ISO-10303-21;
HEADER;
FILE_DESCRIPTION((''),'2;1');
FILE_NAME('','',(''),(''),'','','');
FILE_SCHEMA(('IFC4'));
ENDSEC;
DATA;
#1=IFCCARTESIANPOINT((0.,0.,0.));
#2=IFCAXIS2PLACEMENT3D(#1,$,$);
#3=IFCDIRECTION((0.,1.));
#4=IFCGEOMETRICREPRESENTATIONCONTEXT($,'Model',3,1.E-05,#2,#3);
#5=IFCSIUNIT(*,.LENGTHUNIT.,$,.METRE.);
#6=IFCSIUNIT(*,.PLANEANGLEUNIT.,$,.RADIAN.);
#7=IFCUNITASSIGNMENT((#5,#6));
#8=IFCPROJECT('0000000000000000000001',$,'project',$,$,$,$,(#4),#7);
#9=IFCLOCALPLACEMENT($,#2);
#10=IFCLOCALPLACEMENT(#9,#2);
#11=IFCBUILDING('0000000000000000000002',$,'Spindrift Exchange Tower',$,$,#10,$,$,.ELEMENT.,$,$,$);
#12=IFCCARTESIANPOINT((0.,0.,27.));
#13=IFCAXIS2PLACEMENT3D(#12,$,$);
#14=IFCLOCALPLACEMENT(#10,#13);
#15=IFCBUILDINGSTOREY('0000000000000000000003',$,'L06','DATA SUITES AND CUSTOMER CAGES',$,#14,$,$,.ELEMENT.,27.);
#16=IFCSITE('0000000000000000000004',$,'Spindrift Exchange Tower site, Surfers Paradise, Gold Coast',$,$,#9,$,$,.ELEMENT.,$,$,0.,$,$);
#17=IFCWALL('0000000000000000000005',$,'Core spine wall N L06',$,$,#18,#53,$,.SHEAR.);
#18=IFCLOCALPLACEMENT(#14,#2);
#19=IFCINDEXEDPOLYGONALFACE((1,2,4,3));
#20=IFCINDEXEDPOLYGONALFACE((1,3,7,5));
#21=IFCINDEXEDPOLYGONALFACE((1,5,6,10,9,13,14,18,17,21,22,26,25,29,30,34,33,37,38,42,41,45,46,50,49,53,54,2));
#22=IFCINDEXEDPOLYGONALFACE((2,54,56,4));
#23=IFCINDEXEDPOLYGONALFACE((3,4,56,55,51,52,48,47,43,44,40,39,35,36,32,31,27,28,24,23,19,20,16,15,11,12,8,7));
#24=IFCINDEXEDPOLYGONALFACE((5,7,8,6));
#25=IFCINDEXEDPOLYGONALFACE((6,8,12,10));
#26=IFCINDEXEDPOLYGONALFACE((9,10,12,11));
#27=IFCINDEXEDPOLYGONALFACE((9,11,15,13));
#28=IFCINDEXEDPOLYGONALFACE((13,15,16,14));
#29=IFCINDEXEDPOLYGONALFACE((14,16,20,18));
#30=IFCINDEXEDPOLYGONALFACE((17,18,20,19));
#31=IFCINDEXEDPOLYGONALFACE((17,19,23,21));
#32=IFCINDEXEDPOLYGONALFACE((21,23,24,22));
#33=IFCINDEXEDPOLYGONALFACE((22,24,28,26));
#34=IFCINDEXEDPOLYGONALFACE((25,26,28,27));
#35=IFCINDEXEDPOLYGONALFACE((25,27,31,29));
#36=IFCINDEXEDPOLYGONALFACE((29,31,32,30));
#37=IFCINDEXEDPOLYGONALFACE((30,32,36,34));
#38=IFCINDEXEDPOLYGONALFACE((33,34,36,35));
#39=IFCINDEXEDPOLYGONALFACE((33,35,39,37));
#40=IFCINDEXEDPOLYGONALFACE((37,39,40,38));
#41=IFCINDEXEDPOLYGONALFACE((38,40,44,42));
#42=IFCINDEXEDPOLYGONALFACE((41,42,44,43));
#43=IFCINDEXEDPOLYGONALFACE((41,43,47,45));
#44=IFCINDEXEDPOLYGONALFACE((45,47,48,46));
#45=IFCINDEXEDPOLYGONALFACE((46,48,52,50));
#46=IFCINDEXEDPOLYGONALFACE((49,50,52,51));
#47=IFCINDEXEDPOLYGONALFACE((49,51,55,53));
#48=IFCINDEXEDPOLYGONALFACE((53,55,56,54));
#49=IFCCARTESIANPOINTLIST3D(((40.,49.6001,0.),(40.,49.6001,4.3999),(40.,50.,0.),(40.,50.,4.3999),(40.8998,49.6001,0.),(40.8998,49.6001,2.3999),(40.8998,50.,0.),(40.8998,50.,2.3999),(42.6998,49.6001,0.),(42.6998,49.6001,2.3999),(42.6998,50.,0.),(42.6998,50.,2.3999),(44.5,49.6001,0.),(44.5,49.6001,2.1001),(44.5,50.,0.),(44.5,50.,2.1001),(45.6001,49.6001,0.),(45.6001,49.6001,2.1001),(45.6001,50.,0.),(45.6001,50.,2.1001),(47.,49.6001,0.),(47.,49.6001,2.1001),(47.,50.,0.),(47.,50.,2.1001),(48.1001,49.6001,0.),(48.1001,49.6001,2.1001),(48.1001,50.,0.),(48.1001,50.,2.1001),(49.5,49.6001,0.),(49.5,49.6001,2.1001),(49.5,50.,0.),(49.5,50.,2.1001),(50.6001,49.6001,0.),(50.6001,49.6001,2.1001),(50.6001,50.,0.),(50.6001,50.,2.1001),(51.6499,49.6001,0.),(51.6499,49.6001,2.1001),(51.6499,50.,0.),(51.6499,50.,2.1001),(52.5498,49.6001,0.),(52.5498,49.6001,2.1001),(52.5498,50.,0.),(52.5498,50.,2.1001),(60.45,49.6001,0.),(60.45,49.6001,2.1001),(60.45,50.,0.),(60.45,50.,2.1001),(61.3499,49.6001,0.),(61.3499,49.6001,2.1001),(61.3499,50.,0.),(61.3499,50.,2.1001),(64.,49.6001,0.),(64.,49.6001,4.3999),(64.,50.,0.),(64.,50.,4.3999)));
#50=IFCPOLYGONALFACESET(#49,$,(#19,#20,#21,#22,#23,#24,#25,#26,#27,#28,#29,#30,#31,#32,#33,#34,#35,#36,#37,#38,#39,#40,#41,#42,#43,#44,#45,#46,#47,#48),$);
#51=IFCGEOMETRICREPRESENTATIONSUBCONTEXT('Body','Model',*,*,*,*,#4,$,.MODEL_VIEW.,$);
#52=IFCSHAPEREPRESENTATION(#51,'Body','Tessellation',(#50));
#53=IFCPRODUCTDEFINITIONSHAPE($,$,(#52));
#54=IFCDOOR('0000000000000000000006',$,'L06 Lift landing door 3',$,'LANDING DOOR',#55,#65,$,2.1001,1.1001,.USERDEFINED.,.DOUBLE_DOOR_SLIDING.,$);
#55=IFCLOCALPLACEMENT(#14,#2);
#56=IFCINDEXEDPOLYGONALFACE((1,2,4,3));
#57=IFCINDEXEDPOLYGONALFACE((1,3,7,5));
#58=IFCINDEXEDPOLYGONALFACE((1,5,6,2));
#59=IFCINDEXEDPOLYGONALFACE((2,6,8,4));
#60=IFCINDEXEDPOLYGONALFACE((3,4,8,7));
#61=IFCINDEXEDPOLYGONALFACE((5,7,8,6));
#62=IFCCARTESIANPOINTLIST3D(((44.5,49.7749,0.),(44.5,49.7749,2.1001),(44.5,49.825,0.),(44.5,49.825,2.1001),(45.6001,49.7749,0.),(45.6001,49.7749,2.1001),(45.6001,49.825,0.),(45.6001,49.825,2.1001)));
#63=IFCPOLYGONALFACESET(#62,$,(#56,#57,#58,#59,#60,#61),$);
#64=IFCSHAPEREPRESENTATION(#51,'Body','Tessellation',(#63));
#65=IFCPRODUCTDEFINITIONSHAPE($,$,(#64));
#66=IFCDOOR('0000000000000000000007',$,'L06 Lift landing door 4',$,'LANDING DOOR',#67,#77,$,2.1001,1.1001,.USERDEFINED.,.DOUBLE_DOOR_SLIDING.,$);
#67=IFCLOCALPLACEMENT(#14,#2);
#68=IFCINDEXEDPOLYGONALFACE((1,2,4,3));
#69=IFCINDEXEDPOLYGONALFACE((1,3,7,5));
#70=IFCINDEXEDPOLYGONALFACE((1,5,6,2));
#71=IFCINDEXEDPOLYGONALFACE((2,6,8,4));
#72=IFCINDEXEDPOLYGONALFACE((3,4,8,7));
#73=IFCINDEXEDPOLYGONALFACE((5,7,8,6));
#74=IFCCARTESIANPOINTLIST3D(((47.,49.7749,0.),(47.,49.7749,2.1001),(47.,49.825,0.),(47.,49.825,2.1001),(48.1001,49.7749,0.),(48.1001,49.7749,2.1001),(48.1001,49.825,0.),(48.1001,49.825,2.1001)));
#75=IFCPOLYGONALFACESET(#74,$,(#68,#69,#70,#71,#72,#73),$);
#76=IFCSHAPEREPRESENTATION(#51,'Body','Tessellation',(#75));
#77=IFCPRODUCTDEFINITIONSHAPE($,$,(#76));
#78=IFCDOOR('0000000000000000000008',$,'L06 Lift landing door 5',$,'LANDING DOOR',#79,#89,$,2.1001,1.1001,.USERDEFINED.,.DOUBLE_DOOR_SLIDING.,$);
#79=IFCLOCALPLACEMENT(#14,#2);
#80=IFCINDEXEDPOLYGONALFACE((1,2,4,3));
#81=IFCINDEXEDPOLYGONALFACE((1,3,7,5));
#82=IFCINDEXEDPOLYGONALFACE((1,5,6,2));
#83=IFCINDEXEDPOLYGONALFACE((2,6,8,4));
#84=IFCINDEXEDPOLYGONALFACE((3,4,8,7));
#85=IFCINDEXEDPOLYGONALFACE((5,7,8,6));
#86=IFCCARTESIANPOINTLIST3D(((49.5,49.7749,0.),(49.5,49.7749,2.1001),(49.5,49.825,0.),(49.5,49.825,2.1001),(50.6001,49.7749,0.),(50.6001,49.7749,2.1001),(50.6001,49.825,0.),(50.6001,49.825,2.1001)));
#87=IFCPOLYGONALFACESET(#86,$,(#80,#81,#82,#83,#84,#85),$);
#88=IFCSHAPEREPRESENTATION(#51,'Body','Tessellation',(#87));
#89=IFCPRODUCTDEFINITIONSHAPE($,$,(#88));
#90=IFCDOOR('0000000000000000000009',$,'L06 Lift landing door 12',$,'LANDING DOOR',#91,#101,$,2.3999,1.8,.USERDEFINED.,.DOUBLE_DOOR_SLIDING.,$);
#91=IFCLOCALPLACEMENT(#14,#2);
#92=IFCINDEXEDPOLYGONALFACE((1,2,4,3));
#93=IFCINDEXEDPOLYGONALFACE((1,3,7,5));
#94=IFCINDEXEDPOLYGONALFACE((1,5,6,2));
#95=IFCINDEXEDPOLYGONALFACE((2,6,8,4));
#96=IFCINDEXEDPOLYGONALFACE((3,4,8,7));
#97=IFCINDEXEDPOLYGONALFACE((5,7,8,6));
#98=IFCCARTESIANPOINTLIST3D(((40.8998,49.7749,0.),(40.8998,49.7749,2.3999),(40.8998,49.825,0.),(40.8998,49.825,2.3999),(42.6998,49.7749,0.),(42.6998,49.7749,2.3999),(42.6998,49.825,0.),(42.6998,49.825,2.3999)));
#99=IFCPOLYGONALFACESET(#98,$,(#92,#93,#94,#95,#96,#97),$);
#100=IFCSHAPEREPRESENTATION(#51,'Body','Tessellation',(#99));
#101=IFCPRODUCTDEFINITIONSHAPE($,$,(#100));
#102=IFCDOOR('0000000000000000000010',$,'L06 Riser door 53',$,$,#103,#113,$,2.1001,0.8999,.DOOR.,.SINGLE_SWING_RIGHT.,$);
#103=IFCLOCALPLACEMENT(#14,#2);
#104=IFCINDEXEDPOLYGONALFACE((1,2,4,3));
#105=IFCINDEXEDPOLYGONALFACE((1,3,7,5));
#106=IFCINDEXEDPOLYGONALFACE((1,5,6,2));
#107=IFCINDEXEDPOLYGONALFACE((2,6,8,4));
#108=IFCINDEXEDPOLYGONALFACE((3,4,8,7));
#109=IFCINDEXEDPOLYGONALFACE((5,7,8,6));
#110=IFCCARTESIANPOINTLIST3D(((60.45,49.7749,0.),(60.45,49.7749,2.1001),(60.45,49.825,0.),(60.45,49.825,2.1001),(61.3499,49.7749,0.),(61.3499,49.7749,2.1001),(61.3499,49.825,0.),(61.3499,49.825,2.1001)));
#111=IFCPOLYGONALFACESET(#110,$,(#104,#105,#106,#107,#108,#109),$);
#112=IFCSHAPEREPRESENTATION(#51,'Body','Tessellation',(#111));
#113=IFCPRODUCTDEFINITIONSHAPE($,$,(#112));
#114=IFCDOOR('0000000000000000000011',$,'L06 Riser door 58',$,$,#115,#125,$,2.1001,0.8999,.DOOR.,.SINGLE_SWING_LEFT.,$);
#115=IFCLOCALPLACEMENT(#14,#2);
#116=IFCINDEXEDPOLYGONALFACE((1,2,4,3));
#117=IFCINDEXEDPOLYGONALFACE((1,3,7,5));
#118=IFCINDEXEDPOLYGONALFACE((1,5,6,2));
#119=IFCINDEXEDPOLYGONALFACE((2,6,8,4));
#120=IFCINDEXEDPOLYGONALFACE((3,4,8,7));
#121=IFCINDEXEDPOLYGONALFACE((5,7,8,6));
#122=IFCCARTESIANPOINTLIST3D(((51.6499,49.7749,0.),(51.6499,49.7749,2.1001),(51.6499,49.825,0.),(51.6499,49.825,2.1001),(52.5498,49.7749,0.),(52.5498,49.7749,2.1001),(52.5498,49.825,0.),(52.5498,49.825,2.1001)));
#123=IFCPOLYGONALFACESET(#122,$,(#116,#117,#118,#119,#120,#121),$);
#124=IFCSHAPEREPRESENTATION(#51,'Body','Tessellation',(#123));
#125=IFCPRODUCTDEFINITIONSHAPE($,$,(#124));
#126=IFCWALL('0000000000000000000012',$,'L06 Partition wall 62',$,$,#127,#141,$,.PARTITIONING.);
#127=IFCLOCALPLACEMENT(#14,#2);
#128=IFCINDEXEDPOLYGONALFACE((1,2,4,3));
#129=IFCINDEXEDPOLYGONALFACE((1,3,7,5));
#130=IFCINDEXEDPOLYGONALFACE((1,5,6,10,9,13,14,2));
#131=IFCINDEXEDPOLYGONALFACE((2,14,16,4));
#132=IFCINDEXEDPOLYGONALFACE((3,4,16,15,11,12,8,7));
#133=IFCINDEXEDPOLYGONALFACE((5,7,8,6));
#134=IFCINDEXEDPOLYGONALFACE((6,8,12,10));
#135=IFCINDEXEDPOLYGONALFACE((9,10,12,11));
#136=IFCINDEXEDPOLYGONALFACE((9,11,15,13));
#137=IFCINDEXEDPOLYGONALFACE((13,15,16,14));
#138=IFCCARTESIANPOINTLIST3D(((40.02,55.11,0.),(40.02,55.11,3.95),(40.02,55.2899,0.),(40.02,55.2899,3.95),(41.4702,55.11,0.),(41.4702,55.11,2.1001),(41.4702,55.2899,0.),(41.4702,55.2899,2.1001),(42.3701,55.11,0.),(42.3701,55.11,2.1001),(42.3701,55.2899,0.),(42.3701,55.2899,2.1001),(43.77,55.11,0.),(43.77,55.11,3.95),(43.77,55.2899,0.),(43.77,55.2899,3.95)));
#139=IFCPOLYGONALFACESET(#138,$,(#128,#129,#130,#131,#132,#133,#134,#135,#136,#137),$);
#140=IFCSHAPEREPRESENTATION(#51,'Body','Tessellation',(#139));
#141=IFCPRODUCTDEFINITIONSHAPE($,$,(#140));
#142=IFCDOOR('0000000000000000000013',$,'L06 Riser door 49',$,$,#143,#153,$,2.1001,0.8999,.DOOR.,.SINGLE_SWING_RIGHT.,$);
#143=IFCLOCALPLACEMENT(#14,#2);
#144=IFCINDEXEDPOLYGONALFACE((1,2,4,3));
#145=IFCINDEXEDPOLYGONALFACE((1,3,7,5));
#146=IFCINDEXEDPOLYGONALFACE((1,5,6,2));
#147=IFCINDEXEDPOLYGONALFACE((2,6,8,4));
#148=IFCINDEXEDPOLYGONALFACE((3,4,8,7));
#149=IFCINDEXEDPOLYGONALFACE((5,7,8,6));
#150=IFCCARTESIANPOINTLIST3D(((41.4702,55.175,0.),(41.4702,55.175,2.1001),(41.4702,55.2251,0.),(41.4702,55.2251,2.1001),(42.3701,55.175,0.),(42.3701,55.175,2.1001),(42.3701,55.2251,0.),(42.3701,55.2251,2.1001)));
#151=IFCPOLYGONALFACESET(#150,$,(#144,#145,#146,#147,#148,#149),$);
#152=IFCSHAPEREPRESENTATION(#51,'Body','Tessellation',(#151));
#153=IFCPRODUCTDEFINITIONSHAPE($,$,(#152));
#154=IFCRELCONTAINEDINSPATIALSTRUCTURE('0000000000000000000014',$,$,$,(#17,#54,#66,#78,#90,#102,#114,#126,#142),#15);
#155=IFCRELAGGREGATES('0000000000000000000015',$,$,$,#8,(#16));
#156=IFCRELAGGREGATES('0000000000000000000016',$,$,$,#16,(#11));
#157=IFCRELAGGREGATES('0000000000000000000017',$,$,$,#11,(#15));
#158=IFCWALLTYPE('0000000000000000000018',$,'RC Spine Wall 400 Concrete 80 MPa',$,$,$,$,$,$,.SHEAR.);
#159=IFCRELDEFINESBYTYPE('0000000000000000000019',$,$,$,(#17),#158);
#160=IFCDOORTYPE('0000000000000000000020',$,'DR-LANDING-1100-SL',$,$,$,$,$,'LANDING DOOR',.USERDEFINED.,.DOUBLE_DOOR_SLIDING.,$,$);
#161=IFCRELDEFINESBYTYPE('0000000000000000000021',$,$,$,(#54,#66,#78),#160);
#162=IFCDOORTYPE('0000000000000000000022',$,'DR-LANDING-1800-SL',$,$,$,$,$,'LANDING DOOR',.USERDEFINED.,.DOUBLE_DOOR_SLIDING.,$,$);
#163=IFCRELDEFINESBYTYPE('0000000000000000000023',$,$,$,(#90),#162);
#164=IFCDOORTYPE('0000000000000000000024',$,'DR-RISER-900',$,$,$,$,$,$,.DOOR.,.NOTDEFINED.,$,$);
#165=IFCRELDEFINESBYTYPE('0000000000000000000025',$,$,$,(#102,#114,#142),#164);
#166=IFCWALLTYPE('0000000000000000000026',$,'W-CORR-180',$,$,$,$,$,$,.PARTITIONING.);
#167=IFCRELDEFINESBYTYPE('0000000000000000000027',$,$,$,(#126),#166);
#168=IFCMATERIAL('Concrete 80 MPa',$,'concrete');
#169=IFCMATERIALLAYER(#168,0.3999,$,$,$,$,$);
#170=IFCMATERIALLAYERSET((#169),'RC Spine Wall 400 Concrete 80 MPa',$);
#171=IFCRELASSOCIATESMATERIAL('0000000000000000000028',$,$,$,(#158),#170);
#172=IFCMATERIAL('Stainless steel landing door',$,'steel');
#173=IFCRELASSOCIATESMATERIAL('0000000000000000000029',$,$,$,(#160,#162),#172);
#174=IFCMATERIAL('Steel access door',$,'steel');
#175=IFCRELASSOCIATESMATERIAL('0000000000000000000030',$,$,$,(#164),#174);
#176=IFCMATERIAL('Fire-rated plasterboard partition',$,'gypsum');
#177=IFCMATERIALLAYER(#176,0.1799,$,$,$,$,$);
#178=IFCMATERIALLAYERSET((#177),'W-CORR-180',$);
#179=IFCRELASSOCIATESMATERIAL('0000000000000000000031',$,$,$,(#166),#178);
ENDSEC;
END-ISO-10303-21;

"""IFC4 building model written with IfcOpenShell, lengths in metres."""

from ifc_helpers import new_model, si_unit, direction, frame, frame_2d, origin, place, context, subcontext, project, spatial, rectangle, extrude, source, transform, mapped, material, layer, layer_set, type_object, element, fill, save


model = new_model("IFC4")

# Units and contexts
model_context = context("Model", 3, precision=1e-05, world=origin(), true_north=direction((0.0, 1.0)))
body_context = subcontext(model_context, "Body", "Model", "MODEL_VIEW")
ifc_project = project(units=[si_unit("LENGTHUNIT", "METRE"), si_unit("PLANEANGLEUNIT", "RADIAN")], contexts=[model_context])

# Site, building, storey
site_placement = place(None, origin())
site = spatial("IfcSite", under=ifc_project, at=site_placement, Name="Spindrift Exchange Tower site, Surfers Paradise, Gold Coast", CompositionType="ELEMENT", RefElevation=0.0)
building_placement = place(site_placement, origin())
building = spatial("IfcBuilding", under=site, at=building_placement, Name="Spindrift Exchange Tower", CompositionType="ELEMENT")
storey_placement = place(building_placement, frame((0.0, 0.0, 27.0)))
storey = spatial("IfcBuildingStorey", under=building, at=storey_placement, Name="L06", Description="DATA SUITES AND CUSTOMER CAGES", CompositionType="ELEMENT", Elevation=27.0)

# Wall, openings, doors
ifc_material_1 = material(Name="Concrete 80 MPa", Category="concrete")
ifc_layer_1 = layer(ifc_material_1, 0.3999)
ifc_layer_set_1 = layer_set([ifc_layer_1], Name="RC Spine Wall 400 Concrete 80 MPa")
wall_type_1 = type_object("IfcWallType", Name="RC Spine Wall 400 Concrete 80 MPa", PredefinedType="SHEAR", material=ifc_layer_set_1)
wall_1_placement = place(storey_placement, frame((40.0, 49.8, 0.0), z_axis=(0.0, 0.0, 1.0), x_axis=(1.0, 0.0, 0.0)))
wall_1 = element("IfcWall", 1, at=wall_1_placement, inside=storey, type_object=wall_type_1, Name="Core spine wall N L06", PredefinedType="SHEAR", context=body_context, shape_type="SweptSolid", body=[
    extrude(rectangle(XDim=24.0, YDim=0.3999, at=frame_2d((12.0, 0.0))), origin(), (0.0, 0.0, 1.0), 4.3999),
])
opening_1_placement = place(wall_1_placement, frame((4.5, 0.0, 0.0)))
opening_1 = element("IfcOpeningElement", 2, at=opening_1_placement, cuts=wall_1, PredefinedType="OPENING", context=body_context, shape_type="SweptSolid", body=[
    extrude(rectangle(XDim=1.1001, YDim=2.1001, at=frame_2d((0.55, 1.05))), frame((0.0, 0.21, 0.0), z_axis=(0.0, -1.0, 0.0), x_axis=(1.0, 0.0, 0.0)), (0.0, 0.0, 1.0), 0.4199),
])
opening_2_placement = place(wall_1_placement, frame((7.0, 0.0, 0.0)))
opening_2 = element("IfcOpeningElement", 3, at=opening_2_placement, cuts=wall_1, PredefinedType="OPENING", context=body_context, shape_type="SweptSolid", body=[
    extrude(rectangle(XDim=1.1001, YDim=2.1001, at=frame_2d((0.55, 1.05))), frame((0.0, 0.21, 0.0), z_axis=(0.0, -1.0, 0.0), x_axis=(1.0, 0.0, 0.0)), (0.0, 0.0, 1.0), 0.4199),
])
opening_3_placement = place(wall_1_placement, frame((9.5, 0.0, 0.0)))
opening_3 = element("IfcOpeningElement", 4, at=opening_3_placement, cuts=wall_1, PredefinedType="OPENING", context=body_context, shape_type="SweptSolid", body=[
    extrude(rectangle(XDim=1.1001, YDim=2.1001, at=frame_2d((0.55, 1.05))), frame((0.0, 0.21, 0.0), z_axis=(0.0, -1.0, 0.0), x_axis=(1.0, 0.0, 0.0)), (0.0, 0.0, 1.0), 0.4199),
])
opening_4_placement = place(wall_1_placement, frame((0.8999, 0.0, 0.0)))
opening_4 = element("IfcOpeningElement", 5, at=opening_4_placement, cuts=wall_1, PredefinedType="OPENING", context=body_context, shape_type="SweptSolid", body=[
    extrude(rectangle(XDim=1.8, YDim=2.3999, at=frame_2d((0.8999, 1.2))), frame((0.0, 0.21, 0.0), z_axis=(0.0, -1.0, 0.0), x_axis=(1.0, 0.0, 0.0)), (0.0, 0.0, 1.0), 0.4199),
])
opening_5_placement = place(wall_1_placement, frame((20.45, 0.0, 0.0)))
opening_5 = element("IfcOpeningElement", 6, at=opening_5_placement, cuts=wall_1, PredefinedType="OPENING", context=body_context, shape_type="SweptSolid", body=[
    extrude(rectangle(XDim=0.8999, YDim=2.1001, at=frame_2d((0.45, 1.05))), frame((0.0, 0.21, 0.0), z_axis=(0.0, -1.0, 0.0), x_axis=(1.0, 0.0, 0.0)), (0.0, 0.0, 1.0), 0.4199),
])
opening_6_placement = place(wall_1_placement, frame((11.6499, 0.0, 0.0)))
opening_6 = element("IfcOpeningElement", 7, at=opening_6_placement, cuts=wall_1, PredefinedType="OPENING", context=body_context, shape_type="SweptSolid", body=[
    extrude(rectangle(XDim=0.8999, YDim=2.1001, at=frame_2d((0.45, 1.05))), frame((0.0, 0.21, 0.0), z_axis=(0.0, -1.0, 0.0), x_axis=(1.0, 0.0, 0.0)), (0.0, 0.0, 1.0), 0.4199),
])
ifc_material_2 = material(Name="Stainless steel landing door", Category="steel")
door_type_1 = type_object("IfcDoorType", Name="DR-LANDING-1100-SL", ElementType="LANDING DOOR", OperationType="DOUBLE_DOOR_SLIDING", PredefinedType="USERDEFINED", material=ifc_material_2)
shared_shape_1 = source(origin(), body_context, "Body", "SweptSolid", [
    extrude(rectangle(XDim=1.1001, YDim=2.1001, at=frame_2d((0.55, 1.05))), frame((0.0, 0.0249, 0.0), z_axis=(0.0, -1.0, 0.0), x_axis=(1.0, 0.0, 0.0)), (0.0, 0.0, 1.0), 0.05),
])
door_1_placement = place(opening_1_placement, origin())
door_1 = element("IfcDoor", 8, at=door_1_placement, inside=storey, type_object=door_type_1, Name="L06 Lift landing door 3", ObjectType="LANDING DOOR", OperationType="DOUBLE_DOOR_SLIDING", OverallHeight=2.1001, OverallWidth=1.1001, PredefinedType="USERDEFINED", context=body_context, shape_type="MappedRepresentation", body=[
    mapped(shared_shape_1, transform((0.0, 0.0, 0.0), scale=1.0)),
])
fill(opening_1, door_1)
door_2_placement = place(opening_2_placement, origin())
door_2 = element("IfcDoor", 9, at=door_2_placement, inside=storey, type_object=door_type_1, Name="L06 Lift landing door 4", ObjectType="LANDING DOOR", OperationType="DOUBLE_DOOR_SLIDING", OverallHeight=2.1001, OverallWidth=1.1001, PredefinedType="USERDEFINED", context=body_context, shape_type="MappedRepresentation", body=[
    mapped(shared_shape_1, transform((0.0, 0.0, 0.0), scale=1.0)),
])
fill(opening_2, door_2)
door_3_placement = place(opening_3_placement, origin())
door_3 = element("IfcDoor", 10, at=door_3_placement, inside=storey, type_object=door_type_1, Name="L06 Lift landing door 5", ObjectType="LANDING DOOR", OperationType="DOUBLE_DOOR_SLIDING", OverallHeight=2.1001, OverallWidth=1.1001, PredefinedType="USERDEFINED", context=body_context, shape_type="MappedRepresentation", body=[
    mapped(shared_shape_1, transform((0.0, 0.0, 0.0), scale=1.0)),
])
fill(opening_3, door_3)
door_type_2 = type_object("IfcDoorType", Name="DR-LANDING-1800-SL", ElementType="LANDING DOOR", OperationType="DOUBLE_DOOR_SLIDING", PredefinedType="USERDEFINED", material=ifc_material_2)
shared_shape_2 = source(origin(), body_context, "Body", "SweptSolid", [
    extrude(rectangle(XDim=1.8, YDim=2.3999, at=frame_2d((0.8999, 1.2))), frame((0.0, 0.0249, 0.0), z_axis=(0.0, -1.0, 0.0), x_axis=(1.0, 0.0, 0.0)), (0.0, 0.0, 1.0), 0.05),
])
door_4_placement = place(opening_4_placement, origin())
door_4 = element("IfcDoor", 11, at=door_4_placement, inside=storey, type_object=door_type_2, Name="L06 Lift landing door 12", ObjectType="LANDING DOOR", OperationType="DOUBLE_DOOR_SLIDING", OverallHeight=2.3999, OverallWidth=1.8, PredefinedType="USERDEFINED", context=body_context, shape_type="MappedRepresentation", body=[
    mapped(shared_shape_2, transform((0.0, 0.0, 0.0), scale=1.0)),
])
fill(opening_4, door_4)
ifc_material_3 = material(Name="Steel access door", Category="steel")
door_type_3 = type_object("IfcDoorType", Name="DR-RISER-900", OperationType="NOTDEFINED", PredefinedType="DOOR", material=ifc_material_3)
shared_shape_3 = source(origin(), body_context, "Body", "SweptSolid", [
    extrude(rectangle(XDim=0.8999, YDim=2.1001, at=frame_2d((0.45, 1.05))), frame((0.0, 0.0249, 0.0), z_axis=(0.0, -1.0, 0.0), x_axis=(1.0, 0.0, 0.0)), (0.0, 0.0, 1.0), 0.05),
])
door_5_placement = place(opening_5_placement, origin())
door_5 = element("IfcDoor", 12, at=door_5_placement, inside=storey, type_object=door_type_3, Name="L06 Riser door 53", OperationType="SINGLE_SWING_RIGHT", OverallHeight=2.1001, OverallWidth=0.8999, PredefinedType="DOOR", context=body_context, shape_type="MappedRepresentation", body=[
    mapped(shared_shape_3, transform((0.0, 0.0, 0.0), scale=1.0)),
])
fill(opening_5, door_5)
door_6_placement = place(opening_6_placement, origin())
door_6 = element("IfcDoor", 13, at=door_6_placement, inside=storey, type_object=door_type_3, Name="L06 Riser door 58", OperationType="SINGLE_SWING_LEFT", OverallHeight=2.1001, OverallWidth=0.8999, PredefinedType="DOOR", context=body_context, shape_type="MappedRepresentation", body=[
    mapped(shared_shape_3, transform((0.0, 0.0, 0.0), scale=1.0)),
])
fill(opening_6, door_6)

# Wall, opening, door
ifc_material_4 = material(Name="Fire-rated plasterboard partition", Category="gypsum")
ifc_layer_2 = layer(ifc_material_4, 0.1799)
ifc_layer_set_2 = layer_set([ifc_layer_2], Name="W-CORR-180")
wall_type_2 = type_object("IfcWallType", Name="W-CORR-180", PredefinedType="PARTITIONING", material=ifc_layer_set_2)
wall_2_placement = place(storey_placement, frame((43.77, 55.2, 0.0), z_axis=(0.0, 0.0, 1.0), x_axis=(-1.0, 0.0, 0.0)))
wall_2 = element("IfcWall", 14, at=wall_2_placement, inside=storey, type_object=wall_type_2, Name="L06 Partition wall 62", PredefinedType="PARTITIONING", context=body_context, shape_type="SweptSolid", body=[
    extrude(rectangle(XDim=3.75, YDim=0.1799, at=frame_2d((1.875, 0.0))), origin(), (0.0, 0.0, 1.0), 3.95),
])
opening_7_placement = place(wall_2_placement, frame((1.3999, 0.0, 0.0)))
opening_7 = element("IfcOpeningElement", 15, at=opening_7_placement, cuts=wall_2, PredefinedType="OPENING", context=body_context, shape_type="SweptSolid", body=[
    extrude(rectangle(XDim=0.8999, YDim=2.1001, at=frame_2d((0.45, 1.05))), frame((0.0, 0.0999, 0.0), z_axis=(0.0, -1.0, 0.0), x_axis=(1.0, 0.0, 0.0)), (0.0, 0.0, 1.0), 0.2),
])
door_7_placement = place(opening_7_placement, origin())
door_7 = element("IfcDoor", 16, at=door_7_placement, inside=storey, type_object=door_type_3, Name="L06 Riser door 49", OperationType="SINGLE_SWING_RIGHT", OverallHeight=2.1001, OverallWidth=0.8999, PredefinedType="DOOR", context=body_context, shape_type="MappedRepresentation", body=[
    mapped(shared_shape_3, transform((0.0, 0.0, 0.0), scale=1.0)),
])
fill(opening_7, door_7)

save(model, "model.ifc")
